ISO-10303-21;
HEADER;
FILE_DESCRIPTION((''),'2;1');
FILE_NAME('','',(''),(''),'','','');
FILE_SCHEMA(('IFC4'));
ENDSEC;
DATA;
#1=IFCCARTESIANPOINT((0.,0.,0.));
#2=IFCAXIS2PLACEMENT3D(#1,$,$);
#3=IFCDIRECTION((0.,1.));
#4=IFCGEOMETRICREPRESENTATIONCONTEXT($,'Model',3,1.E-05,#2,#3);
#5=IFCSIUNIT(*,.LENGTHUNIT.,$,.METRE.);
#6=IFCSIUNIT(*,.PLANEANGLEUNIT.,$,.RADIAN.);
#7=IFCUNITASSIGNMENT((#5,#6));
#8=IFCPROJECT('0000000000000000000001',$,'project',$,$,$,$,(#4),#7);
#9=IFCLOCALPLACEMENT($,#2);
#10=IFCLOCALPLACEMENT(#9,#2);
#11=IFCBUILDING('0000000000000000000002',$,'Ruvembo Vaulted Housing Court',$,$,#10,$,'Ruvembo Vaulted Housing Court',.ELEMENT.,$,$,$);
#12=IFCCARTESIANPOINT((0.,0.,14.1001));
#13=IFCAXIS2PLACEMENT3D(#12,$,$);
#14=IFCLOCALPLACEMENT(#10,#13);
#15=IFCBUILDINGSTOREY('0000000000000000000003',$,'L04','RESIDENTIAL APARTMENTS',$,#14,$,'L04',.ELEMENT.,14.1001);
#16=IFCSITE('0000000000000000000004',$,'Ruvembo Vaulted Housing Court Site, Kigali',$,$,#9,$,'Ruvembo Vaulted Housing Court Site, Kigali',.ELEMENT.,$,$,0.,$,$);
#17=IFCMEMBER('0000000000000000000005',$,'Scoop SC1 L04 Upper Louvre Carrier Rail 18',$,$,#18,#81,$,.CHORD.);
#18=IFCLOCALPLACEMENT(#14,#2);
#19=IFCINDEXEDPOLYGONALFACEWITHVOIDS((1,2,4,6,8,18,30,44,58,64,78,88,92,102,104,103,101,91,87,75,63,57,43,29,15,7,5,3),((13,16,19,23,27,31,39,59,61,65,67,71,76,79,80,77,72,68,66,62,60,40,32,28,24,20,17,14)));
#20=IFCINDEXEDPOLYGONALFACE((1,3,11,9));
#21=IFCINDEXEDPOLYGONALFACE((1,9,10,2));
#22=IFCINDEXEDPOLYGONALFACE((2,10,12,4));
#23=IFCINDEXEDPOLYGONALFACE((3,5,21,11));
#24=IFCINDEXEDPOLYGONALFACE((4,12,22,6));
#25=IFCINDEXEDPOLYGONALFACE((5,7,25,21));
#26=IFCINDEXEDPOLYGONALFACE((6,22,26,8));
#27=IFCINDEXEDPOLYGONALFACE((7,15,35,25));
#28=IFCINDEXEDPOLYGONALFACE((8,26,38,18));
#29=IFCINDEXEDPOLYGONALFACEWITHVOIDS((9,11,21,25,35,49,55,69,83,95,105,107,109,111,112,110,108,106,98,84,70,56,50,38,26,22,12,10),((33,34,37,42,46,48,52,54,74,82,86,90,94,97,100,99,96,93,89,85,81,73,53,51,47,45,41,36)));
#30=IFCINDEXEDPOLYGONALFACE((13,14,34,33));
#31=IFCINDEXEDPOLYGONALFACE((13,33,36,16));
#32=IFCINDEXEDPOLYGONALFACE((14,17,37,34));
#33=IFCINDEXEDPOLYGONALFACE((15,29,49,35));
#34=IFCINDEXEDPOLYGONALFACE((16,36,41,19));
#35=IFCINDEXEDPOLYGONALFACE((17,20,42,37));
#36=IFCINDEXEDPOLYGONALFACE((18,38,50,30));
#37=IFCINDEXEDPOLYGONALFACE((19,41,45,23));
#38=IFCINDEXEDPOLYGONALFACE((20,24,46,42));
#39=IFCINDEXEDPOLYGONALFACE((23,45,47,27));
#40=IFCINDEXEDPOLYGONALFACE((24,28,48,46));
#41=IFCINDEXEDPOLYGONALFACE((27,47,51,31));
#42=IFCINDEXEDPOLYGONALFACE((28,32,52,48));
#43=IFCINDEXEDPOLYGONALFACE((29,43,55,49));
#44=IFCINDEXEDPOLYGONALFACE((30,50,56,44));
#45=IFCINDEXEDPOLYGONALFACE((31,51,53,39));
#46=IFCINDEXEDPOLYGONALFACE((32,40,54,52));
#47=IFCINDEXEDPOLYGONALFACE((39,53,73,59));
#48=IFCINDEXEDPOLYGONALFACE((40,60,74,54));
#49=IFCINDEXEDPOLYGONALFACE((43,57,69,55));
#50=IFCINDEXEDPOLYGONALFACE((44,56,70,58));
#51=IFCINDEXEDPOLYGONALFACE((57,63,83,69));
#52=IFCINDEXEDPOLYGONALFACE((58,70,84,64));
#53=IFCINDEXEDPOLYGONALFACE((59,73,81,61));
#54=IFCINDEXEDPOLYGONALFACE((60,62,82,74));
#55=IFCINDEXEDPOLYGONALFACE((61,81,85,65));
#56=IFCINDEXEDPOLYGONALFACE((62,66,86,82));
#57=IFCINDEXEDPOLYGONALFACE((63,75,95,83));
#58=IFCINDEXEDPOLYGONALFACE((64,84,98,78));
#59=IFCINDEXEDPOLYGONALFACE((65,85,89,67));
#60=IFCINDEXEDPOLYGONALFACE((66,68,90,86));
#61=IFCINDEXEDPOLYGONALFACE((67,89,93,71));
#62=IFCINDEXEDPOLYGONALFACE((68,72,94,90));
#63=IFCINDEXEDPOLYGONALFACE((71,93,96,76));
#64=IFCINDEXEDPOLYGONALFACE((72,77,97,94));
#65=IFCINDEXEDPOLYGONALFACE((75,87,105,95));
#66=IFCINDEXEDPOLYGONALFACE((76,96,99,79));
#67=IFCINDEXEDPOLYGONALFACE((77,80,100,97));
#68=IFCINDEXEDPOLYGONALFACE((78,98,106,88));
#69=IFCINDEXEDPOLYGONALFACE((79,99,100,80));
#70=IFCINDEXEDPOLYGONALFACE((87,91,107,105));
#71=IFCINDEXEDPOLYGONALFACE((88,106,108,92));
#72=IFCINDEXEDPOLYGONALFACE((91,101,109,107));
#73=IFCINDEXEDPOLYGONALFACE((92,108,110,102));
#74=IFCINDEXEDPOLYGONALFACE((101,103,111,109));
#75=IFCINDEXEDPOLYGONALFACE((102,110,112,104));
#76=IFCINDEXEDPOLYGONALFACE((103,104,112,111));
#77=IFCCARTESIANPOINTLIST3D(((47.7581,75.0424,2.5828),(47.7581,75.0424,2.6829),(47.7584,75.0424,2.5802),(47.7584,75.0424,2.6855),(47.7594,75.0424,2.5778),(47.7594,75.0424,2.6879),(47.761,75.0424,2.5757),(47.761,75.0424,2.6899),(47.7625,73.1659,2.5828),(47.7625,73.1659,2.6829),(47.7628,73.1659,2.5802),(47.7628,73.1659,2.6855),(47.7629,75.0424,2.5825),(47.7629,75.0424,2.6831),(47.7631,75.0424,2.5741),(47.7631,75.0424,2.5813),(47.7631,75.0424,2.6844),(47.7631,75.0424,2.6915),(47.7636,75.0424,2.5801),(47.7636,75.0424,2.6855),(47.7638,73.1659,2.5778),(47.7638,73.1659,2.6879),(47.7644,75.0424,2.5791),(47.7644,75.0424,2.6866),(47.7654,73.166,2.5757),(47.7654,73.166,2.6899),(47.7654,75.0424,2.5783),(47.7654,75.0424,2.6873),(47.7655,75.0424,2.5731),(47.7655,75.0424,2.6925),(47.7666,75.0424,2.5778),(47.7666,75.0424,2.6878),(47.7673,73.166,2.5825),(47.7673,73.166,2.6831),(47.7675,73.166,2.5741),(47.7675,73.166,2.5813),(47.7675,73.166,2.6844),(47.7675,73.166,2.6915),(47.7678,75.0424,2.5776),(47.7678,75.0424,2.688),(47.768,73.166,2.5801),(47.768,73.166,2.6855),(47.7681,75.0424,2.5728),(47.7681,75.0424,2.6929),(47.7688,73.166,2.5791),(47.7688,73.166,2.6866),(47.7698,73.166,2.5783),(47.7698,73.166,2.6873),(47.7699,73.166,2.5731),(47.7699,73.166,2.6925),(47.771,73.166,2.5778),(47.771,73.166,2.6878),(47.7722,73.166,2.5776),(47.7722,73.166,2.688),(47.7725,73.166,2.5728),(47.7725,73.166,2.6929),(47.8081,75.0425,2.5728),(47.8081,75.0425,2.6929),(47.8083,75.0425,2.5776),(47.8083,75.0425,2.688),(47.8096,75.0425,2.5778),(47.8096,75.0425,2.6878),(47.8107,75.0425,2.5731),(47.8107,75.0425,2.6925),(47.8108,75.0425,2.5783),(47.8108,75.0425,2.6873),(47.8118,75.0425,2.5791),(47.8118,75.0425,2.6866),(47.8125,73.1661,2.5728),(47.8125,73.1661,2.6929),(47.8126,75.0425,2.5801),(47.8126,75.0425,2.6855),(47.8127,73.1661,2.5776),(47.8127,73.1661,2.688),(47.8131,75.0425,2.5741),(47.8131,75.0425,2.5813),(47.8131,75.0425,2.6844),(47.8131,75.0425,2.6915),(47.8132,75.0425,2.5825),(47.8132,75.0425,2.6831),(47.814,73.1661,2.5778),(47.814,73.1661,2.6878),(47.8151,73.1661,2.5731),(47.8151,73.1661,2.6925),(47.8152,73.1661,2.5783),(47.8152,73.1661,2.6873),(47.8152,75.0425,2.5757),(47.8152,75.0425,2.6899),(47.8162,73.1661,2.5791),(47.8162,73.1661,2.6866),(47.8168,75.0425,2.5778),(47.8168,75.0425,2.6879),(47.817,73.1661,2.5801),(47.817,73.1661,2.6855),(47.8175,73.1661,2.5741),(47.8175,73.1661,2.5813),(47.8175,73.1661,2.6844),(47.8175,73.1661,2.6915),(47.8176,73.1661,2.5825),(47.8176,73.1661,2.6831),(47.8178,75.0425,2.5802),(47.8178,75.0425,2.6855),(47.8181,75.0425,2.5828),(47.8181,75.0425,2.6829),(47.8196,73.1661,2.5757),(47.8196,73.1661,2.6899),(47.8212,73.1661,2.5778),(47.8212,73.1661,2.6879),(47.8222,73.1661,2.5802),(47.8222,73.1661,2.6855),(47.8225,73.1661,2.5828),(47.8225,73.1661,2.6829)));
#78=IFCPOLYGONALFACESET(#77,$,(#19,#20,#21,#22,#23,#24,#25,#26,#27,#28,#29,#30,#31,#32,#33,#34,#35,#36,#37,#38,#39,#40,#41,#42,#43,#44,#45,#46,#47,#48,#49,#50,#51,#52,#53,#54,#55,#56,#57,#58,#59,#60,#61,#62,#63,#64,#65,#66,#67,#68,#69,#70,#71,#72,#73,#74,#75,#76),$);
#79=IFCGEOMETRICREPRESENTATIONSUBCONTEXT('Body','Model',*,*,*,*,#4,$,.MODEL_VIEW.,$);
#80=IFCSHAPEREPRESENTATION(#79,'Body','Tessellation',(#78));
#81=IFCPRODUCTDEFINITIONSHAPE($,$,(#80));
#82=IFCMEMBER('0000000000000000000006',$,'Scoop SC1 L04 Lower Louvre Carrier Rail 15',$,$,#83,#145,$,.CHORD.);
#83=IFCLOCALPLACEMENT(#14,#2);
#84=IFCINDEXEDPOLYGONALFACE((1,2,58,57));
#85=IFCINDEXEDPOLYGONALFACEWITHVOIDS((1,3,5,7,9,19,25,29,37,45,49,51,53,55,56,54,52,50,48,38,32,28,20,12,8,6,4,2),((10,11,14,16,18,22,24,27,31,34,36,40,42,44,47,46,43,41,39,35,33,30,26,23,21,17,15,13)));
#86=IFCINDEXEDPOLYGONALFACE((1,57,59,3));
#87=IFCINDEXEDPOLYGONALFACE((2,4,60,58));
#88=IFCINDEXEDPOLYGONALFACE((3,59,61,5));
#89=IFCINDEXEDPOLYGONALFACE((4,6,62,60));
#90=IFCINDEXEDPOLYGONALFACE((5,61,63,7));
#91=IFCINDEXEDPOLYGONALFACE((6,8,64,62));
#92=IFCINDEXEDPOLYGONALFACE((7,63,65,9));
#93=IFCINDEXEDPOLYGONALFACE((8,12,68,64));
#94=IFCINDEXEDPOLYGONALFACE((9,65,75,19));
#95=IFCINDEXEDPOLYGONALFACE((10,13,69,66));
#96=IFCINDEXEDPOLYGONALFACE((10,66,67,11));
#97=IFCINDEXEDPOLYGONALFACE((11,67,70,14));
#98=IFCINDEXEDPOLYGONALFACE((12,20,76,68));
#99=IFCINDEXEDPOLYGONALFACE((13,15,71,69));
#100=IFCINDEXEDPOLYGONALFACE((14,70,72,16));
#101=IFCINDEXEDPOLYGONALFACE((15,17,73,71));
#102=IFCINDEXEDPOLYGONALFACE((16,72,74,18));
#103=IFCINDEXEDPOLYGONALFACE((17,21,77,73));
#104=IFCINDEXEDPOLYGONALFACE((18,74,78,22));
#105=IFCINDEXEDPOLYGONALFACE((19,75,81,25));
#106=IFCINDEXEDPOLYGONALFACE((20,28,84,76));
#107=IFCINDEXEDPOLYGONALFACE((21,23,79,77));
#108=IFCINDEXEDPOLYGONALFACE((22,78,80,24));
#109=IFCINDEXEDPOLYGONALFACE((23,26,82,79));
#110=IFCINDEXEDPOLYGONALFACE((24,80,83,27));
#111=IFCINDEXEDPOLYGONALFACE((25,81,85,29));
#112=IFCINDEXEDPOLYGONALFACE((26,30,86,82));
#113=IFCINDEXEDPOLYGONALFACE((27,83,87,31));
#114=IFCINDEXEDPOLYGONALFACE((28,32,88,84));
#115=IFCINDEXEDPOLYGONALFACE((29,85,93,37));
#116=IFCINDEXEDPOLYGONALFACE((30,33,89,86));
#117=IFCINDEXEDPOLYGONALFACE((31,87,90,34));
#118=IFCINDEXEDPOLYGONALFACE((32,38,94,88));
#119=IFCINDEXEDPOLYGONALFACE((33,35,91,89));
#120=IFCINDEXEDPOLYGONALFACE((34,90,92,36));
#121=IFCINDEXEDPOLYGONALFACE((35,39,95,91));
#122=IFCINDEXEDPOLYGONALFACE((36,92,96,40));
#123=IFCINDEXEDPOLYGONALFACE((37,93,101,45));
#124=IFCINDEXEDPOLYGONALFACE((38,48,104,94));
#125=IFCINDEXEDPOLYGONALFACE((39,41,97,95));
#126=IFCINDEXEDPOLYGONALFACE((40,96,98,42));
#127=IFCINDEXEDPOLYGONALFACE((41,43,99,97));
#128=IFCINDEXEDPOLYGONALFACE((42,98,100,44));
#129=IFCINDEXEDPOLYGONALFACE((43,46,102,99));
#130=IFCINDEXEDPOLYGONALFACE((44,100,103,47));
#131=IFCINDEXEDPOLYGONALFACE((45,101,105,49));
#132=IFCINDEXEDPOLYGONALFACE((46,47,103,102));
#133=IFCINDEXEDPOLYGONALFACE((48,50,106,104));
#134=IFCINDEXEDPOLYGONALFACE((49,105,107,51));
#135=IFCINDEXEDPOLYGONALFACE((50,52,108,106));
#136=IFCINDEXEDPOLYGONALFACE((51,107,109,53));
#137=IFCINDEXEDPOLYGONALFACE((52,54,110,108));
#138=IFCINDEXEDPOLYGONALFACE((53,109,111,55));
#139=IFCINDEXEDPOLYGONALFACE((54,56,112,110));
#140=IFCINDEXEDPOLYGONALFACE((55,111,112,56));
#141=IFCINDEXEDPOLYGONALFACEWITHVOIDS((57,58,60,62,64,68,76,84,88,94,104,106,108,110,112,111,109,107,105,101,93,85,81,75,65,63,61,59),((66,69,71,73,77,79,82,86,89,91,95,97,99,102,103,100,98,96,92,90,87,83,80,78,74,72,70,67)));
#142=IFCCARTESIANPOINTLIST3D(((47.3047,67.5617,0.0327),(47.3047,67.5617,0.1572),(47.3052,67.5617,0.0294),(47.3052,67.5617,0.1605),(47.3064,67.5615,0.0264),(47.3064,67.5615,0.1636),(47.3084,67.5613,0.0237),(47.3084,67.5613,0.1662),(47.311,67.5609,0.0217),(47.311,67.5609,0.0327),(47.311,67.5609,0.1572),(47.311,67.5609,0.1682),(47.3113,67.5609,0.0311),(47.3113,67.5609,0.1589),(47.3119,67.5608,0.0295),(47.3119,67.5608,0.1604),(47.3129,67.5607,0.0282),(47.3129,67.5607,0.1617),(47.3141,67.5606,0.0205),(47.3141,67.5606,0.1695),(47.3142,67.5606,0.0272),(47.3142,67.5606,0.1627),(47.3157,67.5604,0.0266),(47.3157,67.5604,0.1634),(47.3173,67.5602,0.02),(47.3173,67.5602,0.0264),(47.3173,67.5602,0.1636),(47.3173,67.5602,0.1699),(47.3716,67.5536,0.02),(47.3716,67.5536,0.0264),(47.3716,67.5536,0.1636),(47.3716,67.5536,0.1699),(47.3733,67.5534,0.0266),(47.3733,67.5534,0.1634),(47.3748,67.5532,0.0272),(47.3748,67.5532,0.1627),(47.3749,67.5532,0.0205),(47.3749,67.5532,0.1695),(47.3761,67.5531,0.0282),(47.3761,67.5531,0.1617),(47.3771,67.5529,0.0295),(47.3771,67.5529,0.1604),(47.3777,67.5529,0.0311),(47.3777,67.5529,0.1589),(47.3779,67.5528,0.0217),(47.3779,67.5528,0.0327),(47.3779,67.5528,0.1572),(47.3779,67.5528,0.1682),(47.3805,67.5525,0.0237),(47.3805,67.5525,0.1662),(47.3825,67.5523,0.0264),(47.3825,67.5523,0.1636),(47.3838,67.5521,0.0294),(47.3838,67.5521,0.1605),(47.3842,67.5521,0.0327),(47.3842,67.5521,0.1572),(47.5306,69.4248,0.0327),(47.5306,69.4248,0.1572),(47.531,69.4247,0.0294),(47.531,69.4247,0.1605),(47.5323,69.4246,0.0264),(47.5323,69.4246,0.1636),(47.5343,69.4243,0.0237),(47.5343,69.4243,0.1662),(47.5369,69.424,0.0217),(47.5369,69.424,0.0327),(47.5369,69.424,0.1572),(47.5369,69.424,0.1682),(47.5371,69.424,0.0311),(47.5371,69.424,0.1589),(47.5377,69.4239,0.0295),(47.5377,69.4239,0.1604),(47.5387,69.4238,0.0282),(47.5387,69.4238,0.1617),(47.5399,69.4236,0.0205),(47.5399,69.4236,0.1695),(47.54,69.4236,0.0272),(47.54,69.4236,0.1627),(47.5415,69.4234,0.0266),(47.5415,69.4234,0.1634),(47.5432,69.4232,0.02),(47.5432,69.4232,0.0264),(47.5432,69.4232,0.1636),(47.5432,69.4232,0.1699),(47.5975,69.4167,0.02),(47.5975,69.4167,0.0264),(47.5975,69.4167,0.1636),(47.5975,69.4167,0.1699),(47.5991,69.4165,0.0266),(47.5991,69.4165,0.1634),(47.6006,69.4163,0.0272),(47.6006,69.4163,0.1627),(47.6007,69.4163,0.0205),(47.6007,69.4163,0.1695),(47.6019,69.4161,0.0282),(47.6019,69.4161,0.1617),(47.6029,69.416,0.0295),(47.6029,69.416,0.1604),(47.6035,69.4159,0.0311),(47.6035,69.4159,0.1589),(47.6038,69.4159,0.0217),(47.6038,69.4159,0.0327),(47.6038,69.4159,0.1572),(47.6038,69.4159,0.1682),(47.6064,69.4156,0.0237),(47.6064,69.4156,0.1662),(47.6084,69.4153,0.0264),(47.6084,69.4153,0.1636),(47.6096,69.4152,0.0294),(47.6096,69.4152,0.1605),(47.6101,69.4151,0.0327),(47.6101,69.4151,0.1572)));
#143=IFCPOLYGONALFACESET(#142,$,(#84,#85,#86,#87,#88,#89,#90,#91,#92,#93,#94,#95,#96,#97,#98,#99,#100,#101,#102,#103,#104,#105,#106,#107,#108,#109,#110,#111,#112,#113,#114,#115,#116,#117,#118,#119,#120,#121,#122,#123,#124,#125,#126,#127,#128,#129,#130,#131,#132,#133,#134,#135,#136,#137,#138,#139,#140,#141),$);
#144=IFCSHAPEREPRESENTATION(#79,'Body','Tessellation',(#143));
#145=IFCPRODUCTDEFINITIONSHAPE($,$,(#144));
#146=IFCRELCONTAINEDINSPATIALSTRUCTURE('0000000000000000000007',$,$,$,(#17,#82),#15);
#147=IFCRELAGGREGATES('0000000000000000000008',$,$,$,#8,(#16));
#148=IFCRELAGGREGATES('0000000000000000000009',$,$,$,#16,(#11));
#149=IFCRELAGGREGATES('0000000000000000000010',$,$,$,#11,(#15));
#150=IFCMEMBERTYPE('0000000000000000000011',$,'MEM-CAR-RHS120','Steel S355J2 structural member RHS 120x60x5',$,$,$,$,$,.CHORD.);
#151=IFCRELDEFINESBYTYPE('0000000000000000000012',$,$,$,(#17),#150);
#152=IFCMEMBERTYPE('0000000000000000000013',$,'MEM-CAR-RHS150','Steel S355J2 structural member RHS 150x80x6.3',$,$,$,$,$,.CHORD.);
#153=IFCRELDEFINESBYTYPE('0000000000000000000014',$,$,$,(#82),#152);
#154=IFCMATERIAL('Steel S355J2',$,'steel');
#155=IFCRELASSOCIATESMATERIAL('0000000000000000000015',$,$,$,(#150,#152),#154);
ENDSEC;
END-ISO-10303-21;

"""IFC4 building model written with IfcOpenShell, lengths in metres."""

from ifc_helpers import new_model, si_unit, direction, frame, origin, origin_2d, place, context, subcontext, project, spatial, hollow_rectangle, extrude, material, material_profile, profile_set, type_object, element, save


model = new_model("IFC4")

# Units and contexts
model_context = context("Model", 3, precision=1e-05, world=origin(), true_north=direction((0.0, 1.0)))
body_context = subcontext(model_context, "Body", "Model", "MODEL_VIEW")
ifc_project = project(units=[si_unit("LENGTHUNIT", "METRE"), si_unit("PLANEANGLEUNIT", "RADIAN")], contexts=[model_context])

# Site, building, storey
site_placement = place(None, origin())
site = spatial("IfcSite", under=ifc_project, at=site_placement, Name="Ruvembo Vaulted Housing Court Site, Kigali", LongName="Ruvembo Vaulted Housing Court Site, Kigali", CompositionType="ELEMENT", RefElevation=0.0)
building_placement = place(site_placement, origin())
building = spatial("IfcBuilding", under=site, at=building_placement, Name="Ruvembo Vaulted Housing Court", LongName="Ruvembo Vaulted Housing Court", CompositionType="ELEMENT")
storey_placement = place(building_placement, frame((0.0, 0.0, 14.1001)))
storey = spatial("IfcBuildingStorey", under=building, at=storey_placement, Name="L04", Description="RESIDENTIAL APARTMENTS", LongName="L04", CompositionType="ELEMENT", Elevation=14.1001)

# Shared definitions
ifc_material_1 = material(Name="Steel S355J2", Category="steel")

# Members
ifc_material_profile_1 = material_profile(ifc_material_1, hollow_rectangle(XDim=0.0601, YDim=0.1201, WallThickness=0.0049, InnerFilletRadius=0.0049, OuterFilletRadius=0.01, at=origin_2d()), Name="RHS 120x60x5")
ifc_profile_set_1 = profile_set([ifc_material_profile_1], Name="Steel S355J2")
member_type_1 = type_object("IfcMemberType", Name="MEM-CAR-RHS120", Description="Steel S355J2 structural member RHS 120x60x5", PredefinedType="CHORD", material=ifc_profile_set_1)
member_1_placement = place(storey_placement, frame((47.7925, 73.166, 2.6328), z_axis=(-0.002342, 0.999997, 0.0), x_axis=(-0.999997, -0.002342, 0.0)))
element("IfcMember", 1, at=member_1_placement, inside=storey, type_object=member_type_1, Name="Scoop SC1 L04 Upper Louvre Carrier Rail 18", PredefinedType="CHORD", context=body_context, shape_type="SweptSolid", body=[
    extrude(hollow_rectangle(XDim=0.0601, YDim=0.1201, WallThickness=0.0049, InnerFilletRadius=0.0049, OuterFilletRadius=0.01, at=origin_2d()), origin(), (0.0, 0.0, 1.0), 1.8765),
])
ifc_material_profile_2 = material_profile(ifc_material_1, hollow_rectangle(XDim=0.0801, YDim=0.1499, WallThickness=0.0063, InnerFilletRadius=0.0063, OuterFilletRadius=0.0127, at=origin_2d()), Name="RHS 150x80x6.3")
ifc_profile_set_2 = profile_set([ifc_material_profile_2], Name="Steel S355J2")
member_type_2 = type_object("IfcMemberType", Name="MEM-CAR-RHS150", Description="Steel S355J2 structural member RHS 150x80x6.3", PredefinedType="CHORD", material=ifc_profile_set_2)
for number, where, z_axis, x_axis, name in (
    (2, (47.3445, 67.5569, 0.095), (0.120335, 0.992733, 0.0), (-0.992733, 0.120335, 0.0), "Scoop SC1 L04 Lower Louvre Carrier Rail 15"),
):
    element("IfcMember", number, at=place(storey_placement, frame(where, z_axis=z_axis, x_axis=x_axis)), inside=storey, type_object=member_type_2, Name=name, PredefinedType="CHORD", context=body_context, shape_type="SweptSolid", body=[
        extrude(hollow_rectangle(XDim=0.0801, YDim=0.1499, WallThickness=0.0063, InnerFilletRadius=0.0063, OuterFilletRadius=0.0127, at=origin_2d()), origin(), (0.0, 0.0, 1.0), 1.8767),
    ])

save(model, "model.ifc")
